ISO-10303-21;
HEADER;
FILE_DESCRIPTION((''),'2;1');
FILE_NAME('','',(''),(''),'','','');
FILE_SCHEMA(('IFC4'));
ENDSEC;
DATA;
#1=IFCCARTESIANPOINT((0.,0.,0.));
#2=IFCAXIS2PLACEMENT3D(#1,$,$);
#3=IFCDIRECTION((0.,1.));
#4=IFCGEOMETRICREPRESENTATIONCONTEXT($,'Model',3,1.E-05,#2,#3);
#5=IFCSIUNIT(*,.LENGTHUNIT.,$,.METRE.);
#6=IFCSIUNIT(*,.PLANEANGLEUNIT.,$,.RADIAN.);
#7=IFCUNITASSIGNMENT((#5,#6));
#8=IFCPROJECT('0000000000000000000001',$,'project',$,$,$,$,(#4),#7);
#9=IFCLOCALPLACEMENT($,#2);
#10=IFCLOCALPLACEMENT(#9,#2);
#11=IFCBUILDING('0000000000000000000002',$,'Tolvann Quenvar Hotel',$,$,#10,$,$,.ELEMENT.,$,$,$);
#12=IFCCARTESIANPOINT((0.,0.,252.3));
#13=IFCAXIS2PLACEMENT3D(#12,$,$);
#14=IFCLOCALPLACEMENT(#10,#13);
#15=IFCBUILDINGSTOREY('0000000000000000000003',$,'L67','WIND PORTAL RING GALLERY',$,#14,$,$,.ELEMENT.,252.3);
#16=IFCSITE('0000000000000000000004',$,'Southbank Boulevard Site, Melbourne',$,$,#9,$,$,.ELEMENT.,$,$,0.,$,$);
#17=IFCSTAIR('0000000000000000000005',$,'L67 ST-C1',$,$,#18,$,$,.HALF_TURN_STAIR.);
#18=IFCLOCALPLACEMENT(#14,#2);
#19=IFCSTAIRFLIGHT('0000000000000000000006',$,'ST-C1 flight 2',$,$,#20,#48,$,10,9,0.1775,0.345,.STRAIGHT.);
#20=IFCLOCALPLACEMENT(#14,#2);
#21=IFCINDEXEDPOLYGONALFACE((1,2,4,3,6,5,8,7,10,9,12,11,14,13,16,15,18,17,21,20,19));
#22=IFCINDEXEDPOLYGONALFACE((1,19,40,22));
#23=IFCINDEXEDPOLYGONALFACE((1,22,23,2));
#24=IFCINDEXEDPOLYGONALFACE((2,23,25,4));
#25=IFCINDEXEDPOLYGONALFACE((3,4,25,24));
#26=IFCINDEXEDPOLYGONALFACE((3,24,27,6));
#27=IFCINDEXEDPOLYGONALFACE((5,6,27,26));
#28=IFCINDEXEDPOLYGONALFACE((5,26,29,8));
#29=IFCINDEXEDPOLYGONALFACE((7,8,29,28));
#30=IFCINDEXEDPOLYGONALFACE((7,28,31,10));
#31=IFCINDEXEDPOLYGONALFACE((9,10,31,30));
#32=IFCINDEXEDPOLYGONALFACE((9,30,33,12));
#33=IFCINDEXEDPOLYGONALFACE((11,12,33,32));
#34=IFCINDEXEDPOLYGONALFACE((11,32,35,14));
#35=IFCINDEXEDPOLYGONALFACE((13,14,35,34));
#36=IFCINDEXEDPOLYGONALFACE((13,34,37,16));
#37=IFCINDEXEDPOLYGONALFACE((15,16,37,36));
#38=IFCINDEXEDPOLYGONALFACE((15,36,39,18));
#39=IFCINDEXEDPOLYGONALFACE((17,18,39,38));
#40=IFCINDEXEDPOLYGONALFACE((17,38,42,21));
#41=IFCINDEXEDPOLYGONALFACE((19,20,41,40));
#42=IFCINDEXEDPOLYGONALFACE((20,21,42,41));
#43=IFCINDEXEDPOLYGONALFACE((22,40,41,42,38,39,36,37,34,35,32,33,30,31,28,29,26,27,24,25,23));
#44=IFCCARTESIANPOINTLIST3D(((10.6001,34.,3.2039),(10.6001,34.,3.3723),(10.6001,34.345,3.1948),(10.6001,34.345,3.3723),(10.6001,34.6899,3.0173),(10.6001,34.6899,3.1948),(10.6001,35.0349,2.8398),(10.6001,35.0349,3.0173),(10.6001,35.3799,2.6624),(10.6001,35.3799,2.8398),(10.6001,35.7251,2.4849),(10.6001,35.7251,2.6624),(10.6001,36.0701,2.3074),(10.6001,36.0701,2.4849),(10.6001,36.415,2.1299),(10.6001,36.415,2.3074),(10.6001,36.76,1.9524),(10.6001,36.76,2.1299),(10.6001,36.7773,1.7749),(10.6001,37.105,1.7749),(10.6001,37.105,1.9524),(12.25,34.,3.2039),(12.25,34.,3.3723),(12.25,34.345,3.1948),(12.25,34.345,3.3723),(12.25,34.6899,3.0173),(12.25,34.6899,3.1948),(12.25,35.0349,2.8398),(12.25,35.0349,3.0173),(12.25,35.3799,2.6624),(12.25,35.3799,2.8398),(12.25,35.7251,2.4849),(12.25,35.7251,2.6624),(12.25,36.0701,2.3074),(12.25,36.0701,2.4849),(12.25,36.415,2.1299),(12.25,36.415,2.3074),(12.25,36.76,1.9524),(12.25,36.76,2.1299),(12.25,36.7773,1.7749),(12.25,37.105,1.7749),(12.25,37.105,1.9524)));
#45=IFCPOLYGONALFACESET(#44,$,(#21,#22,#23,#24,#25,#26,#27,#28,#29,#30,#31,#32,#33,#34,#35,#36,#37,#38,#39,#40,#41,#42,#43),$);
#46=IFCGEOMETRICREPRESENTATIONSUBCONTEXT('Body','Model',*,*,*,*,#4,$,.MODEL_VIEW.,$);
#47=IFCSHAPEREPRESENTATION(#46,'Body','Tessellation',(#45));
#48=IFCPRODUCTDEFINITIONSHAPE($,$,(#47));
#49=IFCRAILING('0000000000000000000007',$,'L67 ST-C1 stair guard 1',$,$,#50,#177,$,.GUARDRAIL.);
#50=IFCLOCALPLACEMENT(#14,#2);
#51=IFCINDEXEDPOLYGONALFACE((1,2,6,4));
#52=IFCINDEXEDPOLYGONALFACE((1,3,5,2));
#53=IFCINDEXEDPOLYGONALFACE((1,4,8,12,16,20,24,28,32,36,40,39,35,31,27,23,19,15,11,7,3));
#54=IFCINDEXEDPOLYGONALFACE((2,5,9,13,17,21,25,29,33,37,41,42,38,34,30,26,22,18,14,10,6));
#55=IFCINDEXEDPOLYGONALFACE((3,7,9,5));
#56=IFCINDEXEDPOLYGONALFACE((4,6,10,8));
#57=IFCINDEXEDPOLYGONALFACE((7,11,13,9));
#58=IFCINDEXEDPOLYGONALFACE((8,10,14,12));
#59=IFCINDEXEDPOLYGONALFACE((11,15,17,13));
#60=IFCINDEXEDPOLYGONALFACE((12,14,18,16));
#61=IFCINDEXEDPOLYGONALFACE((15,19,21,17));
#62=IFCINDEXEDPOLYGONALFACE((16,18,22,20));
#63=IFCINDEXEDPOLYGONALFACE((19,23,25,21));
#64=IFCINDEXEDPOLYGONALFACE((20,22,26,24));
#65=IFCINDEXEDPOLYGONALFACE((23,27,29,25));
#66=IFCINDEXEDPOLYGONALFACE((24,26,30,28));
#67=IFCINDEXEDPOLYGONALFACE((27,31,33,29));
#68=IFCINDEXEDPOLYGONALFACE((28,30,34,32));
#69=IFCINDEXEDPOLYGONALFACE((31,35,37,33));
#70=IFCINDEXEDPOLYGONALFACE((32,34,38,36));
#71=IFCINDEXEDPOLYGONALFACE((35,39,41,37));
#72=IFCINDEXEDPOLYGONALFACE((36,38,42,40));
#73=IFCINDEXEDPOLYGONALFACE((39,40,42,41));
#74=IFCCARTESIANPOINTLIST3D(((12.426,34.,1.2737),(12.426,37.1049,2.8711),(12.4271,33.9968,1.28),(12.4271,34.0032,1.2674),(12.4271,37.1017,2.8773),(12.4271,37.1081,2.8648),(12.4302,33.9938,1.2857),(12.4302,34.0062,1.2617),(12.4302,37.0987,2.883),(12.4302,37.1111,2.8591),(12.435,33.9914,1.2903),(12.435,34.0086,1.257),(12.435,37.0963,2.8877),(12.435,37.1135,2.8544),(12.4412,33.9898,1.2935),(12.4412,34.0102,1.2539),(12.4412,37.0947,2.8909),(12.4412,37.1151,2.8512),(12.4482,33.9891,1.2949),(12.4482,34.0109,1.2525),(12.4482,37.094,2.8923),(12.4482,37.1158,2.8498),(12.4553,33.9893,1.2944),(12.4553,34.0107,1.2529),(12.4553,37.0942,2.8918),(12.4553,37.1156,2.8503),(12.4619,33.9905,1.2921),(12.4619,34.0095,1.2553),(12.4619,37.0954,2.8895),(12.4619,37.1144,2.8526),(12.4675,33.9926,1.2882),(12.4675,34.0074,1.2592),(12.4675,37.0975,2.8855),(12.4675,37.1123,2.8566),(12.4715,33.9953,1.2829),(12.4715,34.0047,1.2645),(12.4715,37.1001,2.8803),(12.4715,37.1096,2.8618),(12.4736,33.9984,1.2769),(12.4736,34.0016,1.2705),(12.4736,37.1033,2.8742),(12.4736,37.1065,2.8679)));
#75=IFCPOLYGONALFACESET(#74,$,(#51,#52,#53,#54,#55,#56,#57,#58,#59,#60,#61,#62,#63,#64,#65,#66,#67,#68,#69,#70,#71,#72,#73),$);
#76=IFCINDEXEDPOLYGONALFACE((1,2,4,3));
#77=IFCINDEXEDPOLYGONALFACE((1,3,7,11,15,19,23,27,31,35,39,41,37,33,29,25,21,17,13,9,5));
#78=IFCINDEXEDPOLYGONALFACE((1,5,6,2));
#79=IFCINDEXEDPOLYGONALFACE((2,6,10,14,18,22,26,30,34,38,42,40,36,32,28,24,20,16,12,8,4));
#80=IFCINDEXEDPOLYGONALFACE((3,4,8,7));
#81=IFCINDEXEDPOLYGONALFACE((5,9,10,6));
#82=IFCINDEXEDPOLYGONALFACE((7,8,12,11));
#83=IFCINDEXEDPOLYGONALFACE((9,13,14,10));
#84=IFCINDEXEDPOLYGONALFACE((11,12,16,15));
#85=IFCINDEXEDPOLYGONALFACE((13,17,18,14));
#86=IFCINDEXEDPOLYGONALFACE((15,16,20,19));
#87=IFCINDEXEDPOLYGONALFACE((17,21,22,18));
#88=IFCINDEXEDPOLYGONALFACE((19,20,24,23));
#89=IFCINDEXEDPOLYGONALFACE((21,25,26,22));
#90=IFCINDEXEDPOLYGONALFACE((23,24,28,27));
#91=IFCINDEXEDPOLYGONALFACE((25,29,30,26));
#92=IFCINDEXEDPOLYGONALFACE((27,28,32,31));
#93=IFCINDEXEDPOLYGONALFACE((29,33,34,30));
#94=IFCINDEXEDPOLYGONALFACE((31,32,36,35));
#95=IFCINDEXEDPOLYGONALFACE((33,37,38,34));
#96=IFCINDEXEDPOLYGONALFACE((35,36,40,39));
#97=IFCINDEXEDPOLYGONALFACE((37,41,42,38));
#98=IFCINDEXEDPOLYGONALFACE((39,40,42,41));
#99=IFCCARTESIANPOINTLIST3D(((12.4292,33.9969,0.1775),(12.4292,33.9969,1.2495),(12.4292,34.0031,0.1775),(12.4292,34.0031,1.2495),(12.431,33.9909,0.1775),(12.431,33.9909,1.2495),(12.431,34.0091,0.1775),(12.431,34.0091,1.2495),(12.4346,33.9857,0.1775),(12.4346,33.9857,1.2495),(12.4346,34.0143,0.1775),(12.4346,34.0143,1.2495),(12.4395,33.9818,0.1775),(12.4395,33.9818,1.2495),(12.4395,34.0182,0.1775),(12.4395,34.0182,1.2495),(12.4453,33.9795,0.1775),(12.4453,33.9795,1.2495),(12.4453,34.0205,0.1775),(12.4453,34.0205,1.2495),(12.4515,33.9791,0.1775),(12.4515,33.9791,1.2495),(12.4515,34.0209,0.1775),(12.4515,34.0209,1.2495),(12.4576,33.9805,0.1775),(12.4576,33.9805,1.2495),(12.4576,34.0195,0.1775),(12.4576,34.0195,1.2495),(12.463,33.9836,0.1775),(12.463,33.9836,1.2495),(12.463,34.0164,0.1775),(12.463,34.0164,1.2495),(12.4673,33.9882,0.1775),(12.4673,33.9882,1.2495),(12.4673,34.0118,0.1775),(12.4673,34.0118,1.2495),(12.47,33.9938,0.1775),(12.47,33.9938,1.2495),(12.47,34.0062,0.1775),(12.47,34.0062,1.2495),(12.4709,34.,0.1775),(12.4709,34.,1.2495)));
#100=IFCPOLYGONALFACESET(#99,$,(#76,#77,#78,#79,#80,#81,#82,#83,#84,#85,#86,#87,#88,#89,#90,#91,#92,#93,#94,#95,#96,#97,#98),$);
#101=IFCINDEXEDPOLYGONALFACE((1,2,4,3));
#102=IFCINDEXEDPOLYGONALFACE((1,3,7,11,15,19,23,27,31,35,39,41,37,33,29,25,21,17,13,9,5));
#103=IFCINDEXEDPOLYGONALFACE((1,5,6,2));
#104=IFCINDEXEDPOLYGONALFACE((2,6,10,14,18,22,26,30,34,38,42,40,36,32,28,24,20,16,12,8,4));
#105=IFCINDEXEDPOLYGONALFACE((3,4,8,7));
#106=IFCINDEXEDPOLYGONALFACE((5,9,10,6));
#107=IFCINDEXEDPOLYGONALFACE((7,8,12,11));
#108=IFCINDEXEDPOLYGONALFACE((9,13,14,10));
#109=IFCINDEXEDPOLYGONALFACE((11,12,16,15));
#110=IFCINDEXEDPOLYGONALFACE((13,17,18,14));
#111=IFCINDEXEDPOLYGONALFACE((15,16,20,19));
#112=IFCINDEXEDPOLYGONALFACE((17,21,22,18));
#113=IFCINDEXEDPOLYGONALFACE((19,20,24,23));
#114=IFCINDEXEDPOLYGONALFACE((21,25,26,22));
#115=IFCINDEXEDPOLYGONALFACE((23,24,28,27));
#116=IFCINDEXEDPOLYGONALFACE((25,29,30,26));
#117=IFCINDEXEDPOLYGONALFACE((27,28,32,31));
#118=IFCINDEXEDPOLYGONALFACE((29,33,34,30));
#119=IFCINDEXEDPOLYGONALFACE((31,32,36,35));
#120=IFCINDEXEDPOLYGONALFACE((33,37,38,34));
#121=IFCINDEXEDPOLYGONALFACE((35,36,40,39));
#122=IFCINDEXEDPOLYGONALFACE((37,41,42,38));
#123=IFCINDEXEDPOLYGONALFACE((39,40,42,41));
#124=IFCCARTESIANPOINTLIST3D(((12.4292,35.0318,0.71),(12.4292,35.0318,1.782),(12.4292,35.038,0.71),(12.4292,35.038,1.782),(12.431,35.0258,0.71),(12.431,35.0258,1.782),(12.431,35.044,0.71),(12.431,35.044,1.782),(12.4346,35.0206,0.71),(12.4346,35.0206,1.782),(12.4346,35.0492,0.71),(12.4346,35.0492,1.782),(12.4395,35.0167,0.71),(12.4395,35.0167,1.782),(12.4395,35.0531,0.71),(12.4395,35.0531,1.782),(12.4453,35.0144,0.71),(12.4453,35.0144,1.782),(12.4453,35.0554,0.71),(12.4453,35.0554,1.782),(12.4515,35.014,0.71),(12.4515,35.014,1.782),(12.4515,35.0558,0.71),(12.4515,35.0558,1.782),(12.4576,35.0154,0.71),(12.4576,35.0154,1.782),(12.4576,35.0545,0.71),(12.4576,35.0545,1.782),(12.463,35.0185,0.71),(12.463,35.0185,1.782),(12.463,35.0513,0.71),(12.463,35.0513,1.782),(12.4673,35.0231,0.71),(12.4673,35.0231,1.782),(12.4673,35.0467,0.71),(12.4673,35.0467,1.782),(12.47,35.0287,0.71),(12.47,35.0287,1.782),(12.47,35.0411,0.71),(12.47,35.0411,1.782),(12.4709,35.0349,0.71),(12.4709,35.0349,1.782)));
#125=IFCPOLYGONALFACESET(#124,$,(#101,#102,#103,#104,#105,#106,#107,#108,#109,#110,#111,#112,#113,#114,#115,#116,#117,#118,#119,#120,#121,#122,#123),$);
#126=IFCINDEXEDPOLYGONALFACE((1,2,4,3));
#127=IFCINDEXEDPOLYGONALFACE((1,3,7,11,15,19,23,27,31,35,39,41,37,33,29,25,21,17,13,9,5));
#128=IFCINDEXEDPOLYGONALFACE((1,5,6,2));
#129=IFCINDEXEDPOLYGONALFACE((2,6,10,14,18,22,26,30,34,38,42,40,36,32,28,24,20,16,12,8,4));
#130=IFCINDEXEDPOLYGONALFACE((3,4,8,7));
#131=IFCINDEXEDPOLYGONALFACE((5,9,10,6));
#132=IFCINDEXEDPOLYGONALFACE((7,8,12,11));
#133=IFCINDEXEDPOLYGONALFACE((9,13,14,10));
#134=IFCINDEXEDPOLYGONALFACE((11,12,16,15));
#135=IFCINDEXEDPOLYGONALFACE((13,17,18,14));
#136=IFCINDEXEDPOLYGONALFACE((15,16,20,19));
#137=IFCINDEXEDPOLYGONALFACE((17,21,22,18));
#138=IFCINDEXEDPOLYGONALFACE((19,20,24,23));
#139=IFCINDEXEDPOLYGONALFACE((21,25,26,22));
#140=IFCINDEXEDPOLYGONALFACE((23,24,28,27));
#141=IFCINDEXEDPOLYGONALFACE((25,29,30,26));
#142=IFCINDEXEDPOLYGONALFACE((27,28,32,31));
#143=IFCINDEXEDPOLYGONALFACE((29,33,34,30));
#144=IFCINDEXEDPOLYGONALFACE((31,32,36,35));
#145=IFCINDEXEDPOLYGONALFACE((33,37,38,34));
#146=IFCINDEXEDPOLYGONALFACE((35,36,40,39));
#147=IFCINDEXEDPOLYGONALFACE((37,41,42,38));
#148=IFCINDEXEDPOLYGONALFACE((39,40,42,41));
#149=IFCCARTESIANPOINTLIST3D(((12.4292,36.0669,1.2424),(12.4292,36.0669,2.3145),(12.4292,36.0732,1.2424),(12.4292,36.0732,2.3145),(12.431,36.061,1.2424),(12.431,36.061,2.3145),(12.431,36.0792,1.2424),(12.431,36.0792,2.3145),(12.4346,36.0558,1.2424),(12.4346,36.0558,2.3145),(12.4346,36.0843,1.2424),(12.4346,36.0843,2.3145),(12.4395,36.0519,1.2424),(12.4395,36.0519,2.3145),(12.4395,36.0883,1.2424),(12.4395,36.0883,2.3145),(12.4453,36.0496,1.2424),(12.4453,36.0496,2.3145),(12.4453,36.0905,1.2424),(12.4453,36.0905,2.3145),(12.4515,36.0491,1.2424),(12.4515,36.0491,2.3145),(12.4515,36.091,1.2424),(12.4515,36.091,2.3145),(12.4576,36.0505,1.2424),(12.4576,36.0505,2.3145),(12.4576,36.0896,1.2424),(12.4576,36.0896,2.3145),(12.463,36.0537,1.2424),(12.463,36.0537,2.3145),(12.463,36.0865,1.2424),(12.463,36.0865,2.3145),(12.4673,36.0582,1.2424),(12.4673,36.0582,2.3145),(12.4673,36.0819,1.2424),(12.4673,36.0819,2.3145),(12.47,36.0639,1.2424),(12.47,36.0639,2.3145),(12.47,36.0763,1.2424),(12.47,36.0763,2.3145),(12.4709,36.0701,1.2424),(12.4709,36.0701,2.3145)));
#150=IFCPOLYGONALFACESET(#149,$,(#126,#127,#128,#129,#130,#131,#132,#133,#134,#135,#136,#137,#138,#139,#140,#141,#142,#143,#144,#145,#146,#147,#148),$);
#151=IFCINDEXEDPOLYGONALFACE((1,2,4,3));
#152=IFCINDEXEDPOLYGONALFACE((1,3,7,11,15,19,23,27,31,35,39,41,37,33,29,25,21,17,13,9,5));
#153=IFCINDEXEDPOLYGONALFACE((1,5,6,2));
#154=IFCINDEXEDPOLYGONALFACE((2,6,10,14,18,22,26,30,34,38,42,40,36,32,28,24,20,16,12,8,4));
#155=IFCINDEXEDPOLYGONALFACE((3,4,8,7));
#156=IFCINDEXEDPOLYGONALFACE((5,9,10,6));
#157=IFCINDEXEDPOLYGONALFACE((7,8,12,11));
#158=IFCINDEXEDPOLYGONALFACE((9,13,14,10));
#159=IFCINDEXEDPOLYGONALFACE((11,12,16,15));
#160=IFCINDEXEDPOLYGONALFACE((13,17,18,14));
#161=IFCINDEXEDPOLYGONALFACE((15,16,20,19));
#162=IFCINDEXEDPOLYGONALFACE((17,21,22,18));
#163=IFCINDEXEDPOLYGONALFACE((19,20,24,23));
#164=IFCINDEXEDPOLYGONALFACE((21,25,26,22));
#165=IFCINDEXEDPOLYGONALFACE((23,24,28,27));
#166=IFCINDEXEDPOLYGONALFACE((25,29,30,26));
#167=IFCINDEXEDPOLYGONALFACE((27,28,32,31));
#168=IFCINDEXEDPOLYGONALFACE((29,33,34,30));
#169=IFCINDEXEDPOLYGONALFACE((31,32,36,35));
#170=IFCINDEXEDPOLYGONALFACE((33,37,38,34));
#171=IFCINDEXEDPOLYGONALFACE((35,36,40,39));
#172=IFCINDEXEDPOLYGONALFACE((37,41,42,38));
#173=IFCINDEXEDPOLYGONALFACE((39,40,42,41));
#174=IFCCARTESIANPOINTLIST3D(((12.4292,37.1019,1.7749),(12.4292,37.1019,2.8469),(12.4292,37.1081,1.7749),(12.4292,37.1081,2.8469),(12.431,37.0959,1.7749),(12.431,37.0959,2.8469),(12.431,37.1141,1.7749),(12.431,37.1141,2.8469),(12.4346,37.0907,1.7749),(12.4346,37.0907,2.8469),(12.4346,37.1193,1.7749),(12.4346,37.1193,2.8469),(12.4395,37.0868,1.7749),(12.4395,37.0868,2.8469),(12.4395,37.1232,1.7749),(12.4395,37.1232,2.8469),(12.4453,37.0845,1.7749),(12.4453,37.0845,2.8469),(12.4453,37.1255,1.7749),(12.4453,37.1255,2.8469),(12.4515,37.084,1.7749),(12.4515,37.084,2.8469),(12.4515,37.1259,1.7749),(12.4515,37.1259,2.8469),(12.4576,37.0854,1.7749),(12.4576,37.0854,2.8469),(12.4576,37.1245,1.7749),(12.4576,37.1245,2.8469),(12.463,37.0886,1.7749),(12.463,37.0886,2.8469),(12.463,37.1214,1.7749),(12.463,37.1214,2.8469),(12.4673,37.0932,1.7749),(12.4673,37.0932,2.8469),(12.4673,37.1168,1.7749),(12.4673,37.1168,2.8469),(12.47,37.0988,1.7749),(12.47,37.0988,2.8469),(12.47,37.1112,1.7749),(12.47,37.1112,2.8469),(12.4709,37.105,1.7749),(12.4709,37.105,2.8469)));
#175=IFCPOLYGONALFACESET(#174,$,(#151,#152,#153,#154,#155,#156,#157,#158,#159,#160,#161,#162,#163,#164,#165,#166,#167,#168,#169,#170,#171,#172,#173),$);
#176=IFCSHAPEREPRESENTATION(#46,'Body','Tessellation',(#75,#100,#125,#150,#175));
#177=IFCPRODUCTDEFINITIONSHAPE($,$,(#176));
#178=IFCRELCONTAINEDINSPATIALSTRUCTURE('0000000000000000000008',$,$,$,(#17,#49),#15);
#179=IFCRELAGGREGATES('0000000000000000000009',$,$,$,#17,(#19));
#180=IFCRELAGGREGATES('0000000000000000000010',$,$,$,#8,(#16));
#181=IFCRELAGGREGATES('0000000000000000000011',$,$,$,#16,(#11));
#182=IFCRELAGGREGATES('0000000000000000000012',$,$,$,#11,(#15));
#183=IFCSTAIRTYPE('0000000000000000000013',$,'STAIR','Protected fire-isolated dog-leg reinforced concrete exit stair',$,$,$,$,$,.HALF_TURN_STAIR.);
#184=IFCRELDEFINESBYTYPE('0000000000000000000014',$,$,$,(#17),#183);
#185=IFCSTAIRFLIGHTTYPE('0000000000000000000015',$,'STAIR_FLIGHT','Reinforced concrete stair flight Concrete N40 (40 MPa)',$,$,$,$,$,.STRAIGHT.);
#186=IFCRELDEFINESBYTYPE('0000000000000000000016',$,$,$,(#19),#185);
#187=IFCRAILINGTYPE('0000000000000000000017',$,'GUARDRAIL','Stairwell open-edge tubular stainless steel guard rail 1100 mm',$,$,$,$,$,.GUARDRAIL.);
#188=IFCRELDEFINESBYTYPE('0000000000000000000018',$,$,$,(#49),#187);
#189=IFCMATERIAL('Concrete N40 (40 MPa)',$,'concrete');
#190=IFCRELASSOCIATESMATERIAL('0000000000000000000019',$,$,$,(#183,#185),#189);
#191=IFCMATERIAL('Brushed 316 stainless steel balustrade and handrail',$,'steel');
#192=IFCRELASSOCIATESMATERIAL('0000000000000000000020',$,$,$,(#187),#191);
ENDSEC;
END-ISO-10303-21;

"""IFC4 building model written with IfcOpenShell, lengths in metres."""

from ifc_helpers import new_model, si_unit, direction, frame, origin, origin_2d, place, context, subcontext, project, spatial, polyline, circle, outline, extrude, material, type_object, element, aggregate, save


model = new_model("IFC4")

# Units and contexts
model_context = context("Model", 3, precision=1e-05, world=origin(), true_north=direction((0.0, 1.0)))
body_context = subcontext(model_context, "Body", "Model", "MODEL_VIEW")
ifc_project = project(units=[si_unit("LENGTHUNIT", "METRE"), si_unit("PLANEANGLEUNIT", "RADIAN")], contexts=[model_context])

# Site, building, storey
site_placement = place(None, origin())
site = spatial("IfcSite", under=ifc_project, at=site_placement, Name="Southbank Boulevard Site, Melbourne", CompositionType="ELEMENT", RefElevation=0.0)
building_placement = place(site_placement, origin())
building = spatial("IfcBuilding", under=site, at=building_placement, Name="Tolvann Quenvar Hotel", CompositionType="ELEMENT")
storey_placement = place(building_placement, frame((0.0, 0.0, 252.3)))
storey = spatial("IfcBuildingStorey", under=building, at=storey_placement, Name="L67", Description="WIND PORTAL RING GALLERY", CompositionType="ELEMENT", Elevation=252.3)

# Shared definitions
ifc_material_1 = material(Name="Concrete N40 (40 MPa)", Category="concrete")

# Stair, stair flight
stair_type = type_object("IfcStairType", Name="STAIR", Description="Protected fire-isolated dog-leg reinforced concrete exit stair", PredefinedType="HALF_TURN_STAIR", material=ifc_material_1)
stair_placement = place(storey_placement, origin())
stair = element("IfcStair", 1, at=stair_placement, inside=storey, type_object=stair_type, Name="L67 ST-C1", PredefinedType="HALF_TURN_STAIR")
stair_flight_type = type_object("IfcStairFlightType", Name="STAIR_FLIGHT", Description="Reinforced concrete stair flight Concrete N40 (40 MPa)", PredefinedType="STRAIGHT", material=ifc_material_1)
stair_flight_1_placement = place(storey_placement, frame((11.425, 37.105, 1.7749), z_axis=(0.0, 0.0, 1.0), x_axis=(0.0, -1.0, 0.0)))
stair_flight_1 = element("IfcStairFlight", 2, at=stair_flight_1_placement, type_object=stair_flight_type, Name="ST-C1 flight 2", NumberOfRisers=10, NumberOfTreads=9, PredefinedType="STRAIGHT", RiserHeight=0.1775, TreadLength=0.345, context=body_context, shape_type="SweptSolid", body=[
    extrude(outline(polyline([(0.0, 0.0), (0.0, 0.1775), (0.345, 0.1775), (0.345, 0.355), (0.6899, 0.355), (0.6899, 0.5325), (1.0349, 0.5325), (1.0349, 0.71), (1.3799, 0.71), (1.3799, 0.8875), (1.7251, 0.8875), (1.7251, 1.0649), (2.0701, 1.0649), (2.0701, 1.2424), (2.415, 1.2424), (2.415, 1.4199), (2.76, 1.4199), (2.76, 1.5974), (3.105, 1.5974), (3.105, 1.7749), (3.105, 1.429), (0.3276, 0.0), (0.0, 0.0)])), frame((0.0, 0.825, 0.0), z_axis=(0.0, -1.0, 0.0), x_axis=(1.0, 0.0, 0.0)), (0.0, 0.0, 1.0), 1.6499),
])
aggregate(stair, [stair_flight_1])

# Railing
ifc_material_2 = material(Name="Brushed 316 stainless steel balustrade and handrail", Category="steel")
railing_type_1 = type_object("IfcRailingType", Name="GUARDRAIL", Description="Stairwell open-edge tubular stainless steel guard rail 1100 mm", PredefinedType="GUARDRAIL", material=ifc_material_2)
railing_1_placement = place(storey_placement, frame((12.45, 34.0, 0.1775)))
element("IfcRailing", 3, at=railing_1_placement, inside=storey, type_object=railing_type_1, Name="L67 ST-C1 stair guard 1", PredefinedType="GUARDRAIL", context=body_context, shape_type="SweptSolid", body=[
    extrude(circle(Radius=0.0239, at=origin_2d()), frame((0.0, 0.0, 1.0962), z_axis=(0.0, 0.889222, 0.457476), x_axis=(-1.0, 0.0, 0.0)), (0.0, 0.0, 1.0), 3.4917),
    extrude(circle(Radius=0.021, at=origin_2d()), origin(), (0.0, 0.0, 1.0), 1.072),
    extrude(circle(Radius=0.021, at=origin_2d()), frame((0.0, 1.0349, 0.5325)), (0.0, 0.0, 1.0), 1.072),
    extrude(circle(Radius=0.021, at=origin_2d()), frame((0.0, 2.0701, 1.0649)), (0.0, 0.0, 1.0), 1.072),
    extrude(circle(Radius=0.021, at=origin_2d()), frame((0.0, 3.105, 1.5974)), (0.0, 0.0, 1.0), 1.072),
])

save(model, "model.ifc")
